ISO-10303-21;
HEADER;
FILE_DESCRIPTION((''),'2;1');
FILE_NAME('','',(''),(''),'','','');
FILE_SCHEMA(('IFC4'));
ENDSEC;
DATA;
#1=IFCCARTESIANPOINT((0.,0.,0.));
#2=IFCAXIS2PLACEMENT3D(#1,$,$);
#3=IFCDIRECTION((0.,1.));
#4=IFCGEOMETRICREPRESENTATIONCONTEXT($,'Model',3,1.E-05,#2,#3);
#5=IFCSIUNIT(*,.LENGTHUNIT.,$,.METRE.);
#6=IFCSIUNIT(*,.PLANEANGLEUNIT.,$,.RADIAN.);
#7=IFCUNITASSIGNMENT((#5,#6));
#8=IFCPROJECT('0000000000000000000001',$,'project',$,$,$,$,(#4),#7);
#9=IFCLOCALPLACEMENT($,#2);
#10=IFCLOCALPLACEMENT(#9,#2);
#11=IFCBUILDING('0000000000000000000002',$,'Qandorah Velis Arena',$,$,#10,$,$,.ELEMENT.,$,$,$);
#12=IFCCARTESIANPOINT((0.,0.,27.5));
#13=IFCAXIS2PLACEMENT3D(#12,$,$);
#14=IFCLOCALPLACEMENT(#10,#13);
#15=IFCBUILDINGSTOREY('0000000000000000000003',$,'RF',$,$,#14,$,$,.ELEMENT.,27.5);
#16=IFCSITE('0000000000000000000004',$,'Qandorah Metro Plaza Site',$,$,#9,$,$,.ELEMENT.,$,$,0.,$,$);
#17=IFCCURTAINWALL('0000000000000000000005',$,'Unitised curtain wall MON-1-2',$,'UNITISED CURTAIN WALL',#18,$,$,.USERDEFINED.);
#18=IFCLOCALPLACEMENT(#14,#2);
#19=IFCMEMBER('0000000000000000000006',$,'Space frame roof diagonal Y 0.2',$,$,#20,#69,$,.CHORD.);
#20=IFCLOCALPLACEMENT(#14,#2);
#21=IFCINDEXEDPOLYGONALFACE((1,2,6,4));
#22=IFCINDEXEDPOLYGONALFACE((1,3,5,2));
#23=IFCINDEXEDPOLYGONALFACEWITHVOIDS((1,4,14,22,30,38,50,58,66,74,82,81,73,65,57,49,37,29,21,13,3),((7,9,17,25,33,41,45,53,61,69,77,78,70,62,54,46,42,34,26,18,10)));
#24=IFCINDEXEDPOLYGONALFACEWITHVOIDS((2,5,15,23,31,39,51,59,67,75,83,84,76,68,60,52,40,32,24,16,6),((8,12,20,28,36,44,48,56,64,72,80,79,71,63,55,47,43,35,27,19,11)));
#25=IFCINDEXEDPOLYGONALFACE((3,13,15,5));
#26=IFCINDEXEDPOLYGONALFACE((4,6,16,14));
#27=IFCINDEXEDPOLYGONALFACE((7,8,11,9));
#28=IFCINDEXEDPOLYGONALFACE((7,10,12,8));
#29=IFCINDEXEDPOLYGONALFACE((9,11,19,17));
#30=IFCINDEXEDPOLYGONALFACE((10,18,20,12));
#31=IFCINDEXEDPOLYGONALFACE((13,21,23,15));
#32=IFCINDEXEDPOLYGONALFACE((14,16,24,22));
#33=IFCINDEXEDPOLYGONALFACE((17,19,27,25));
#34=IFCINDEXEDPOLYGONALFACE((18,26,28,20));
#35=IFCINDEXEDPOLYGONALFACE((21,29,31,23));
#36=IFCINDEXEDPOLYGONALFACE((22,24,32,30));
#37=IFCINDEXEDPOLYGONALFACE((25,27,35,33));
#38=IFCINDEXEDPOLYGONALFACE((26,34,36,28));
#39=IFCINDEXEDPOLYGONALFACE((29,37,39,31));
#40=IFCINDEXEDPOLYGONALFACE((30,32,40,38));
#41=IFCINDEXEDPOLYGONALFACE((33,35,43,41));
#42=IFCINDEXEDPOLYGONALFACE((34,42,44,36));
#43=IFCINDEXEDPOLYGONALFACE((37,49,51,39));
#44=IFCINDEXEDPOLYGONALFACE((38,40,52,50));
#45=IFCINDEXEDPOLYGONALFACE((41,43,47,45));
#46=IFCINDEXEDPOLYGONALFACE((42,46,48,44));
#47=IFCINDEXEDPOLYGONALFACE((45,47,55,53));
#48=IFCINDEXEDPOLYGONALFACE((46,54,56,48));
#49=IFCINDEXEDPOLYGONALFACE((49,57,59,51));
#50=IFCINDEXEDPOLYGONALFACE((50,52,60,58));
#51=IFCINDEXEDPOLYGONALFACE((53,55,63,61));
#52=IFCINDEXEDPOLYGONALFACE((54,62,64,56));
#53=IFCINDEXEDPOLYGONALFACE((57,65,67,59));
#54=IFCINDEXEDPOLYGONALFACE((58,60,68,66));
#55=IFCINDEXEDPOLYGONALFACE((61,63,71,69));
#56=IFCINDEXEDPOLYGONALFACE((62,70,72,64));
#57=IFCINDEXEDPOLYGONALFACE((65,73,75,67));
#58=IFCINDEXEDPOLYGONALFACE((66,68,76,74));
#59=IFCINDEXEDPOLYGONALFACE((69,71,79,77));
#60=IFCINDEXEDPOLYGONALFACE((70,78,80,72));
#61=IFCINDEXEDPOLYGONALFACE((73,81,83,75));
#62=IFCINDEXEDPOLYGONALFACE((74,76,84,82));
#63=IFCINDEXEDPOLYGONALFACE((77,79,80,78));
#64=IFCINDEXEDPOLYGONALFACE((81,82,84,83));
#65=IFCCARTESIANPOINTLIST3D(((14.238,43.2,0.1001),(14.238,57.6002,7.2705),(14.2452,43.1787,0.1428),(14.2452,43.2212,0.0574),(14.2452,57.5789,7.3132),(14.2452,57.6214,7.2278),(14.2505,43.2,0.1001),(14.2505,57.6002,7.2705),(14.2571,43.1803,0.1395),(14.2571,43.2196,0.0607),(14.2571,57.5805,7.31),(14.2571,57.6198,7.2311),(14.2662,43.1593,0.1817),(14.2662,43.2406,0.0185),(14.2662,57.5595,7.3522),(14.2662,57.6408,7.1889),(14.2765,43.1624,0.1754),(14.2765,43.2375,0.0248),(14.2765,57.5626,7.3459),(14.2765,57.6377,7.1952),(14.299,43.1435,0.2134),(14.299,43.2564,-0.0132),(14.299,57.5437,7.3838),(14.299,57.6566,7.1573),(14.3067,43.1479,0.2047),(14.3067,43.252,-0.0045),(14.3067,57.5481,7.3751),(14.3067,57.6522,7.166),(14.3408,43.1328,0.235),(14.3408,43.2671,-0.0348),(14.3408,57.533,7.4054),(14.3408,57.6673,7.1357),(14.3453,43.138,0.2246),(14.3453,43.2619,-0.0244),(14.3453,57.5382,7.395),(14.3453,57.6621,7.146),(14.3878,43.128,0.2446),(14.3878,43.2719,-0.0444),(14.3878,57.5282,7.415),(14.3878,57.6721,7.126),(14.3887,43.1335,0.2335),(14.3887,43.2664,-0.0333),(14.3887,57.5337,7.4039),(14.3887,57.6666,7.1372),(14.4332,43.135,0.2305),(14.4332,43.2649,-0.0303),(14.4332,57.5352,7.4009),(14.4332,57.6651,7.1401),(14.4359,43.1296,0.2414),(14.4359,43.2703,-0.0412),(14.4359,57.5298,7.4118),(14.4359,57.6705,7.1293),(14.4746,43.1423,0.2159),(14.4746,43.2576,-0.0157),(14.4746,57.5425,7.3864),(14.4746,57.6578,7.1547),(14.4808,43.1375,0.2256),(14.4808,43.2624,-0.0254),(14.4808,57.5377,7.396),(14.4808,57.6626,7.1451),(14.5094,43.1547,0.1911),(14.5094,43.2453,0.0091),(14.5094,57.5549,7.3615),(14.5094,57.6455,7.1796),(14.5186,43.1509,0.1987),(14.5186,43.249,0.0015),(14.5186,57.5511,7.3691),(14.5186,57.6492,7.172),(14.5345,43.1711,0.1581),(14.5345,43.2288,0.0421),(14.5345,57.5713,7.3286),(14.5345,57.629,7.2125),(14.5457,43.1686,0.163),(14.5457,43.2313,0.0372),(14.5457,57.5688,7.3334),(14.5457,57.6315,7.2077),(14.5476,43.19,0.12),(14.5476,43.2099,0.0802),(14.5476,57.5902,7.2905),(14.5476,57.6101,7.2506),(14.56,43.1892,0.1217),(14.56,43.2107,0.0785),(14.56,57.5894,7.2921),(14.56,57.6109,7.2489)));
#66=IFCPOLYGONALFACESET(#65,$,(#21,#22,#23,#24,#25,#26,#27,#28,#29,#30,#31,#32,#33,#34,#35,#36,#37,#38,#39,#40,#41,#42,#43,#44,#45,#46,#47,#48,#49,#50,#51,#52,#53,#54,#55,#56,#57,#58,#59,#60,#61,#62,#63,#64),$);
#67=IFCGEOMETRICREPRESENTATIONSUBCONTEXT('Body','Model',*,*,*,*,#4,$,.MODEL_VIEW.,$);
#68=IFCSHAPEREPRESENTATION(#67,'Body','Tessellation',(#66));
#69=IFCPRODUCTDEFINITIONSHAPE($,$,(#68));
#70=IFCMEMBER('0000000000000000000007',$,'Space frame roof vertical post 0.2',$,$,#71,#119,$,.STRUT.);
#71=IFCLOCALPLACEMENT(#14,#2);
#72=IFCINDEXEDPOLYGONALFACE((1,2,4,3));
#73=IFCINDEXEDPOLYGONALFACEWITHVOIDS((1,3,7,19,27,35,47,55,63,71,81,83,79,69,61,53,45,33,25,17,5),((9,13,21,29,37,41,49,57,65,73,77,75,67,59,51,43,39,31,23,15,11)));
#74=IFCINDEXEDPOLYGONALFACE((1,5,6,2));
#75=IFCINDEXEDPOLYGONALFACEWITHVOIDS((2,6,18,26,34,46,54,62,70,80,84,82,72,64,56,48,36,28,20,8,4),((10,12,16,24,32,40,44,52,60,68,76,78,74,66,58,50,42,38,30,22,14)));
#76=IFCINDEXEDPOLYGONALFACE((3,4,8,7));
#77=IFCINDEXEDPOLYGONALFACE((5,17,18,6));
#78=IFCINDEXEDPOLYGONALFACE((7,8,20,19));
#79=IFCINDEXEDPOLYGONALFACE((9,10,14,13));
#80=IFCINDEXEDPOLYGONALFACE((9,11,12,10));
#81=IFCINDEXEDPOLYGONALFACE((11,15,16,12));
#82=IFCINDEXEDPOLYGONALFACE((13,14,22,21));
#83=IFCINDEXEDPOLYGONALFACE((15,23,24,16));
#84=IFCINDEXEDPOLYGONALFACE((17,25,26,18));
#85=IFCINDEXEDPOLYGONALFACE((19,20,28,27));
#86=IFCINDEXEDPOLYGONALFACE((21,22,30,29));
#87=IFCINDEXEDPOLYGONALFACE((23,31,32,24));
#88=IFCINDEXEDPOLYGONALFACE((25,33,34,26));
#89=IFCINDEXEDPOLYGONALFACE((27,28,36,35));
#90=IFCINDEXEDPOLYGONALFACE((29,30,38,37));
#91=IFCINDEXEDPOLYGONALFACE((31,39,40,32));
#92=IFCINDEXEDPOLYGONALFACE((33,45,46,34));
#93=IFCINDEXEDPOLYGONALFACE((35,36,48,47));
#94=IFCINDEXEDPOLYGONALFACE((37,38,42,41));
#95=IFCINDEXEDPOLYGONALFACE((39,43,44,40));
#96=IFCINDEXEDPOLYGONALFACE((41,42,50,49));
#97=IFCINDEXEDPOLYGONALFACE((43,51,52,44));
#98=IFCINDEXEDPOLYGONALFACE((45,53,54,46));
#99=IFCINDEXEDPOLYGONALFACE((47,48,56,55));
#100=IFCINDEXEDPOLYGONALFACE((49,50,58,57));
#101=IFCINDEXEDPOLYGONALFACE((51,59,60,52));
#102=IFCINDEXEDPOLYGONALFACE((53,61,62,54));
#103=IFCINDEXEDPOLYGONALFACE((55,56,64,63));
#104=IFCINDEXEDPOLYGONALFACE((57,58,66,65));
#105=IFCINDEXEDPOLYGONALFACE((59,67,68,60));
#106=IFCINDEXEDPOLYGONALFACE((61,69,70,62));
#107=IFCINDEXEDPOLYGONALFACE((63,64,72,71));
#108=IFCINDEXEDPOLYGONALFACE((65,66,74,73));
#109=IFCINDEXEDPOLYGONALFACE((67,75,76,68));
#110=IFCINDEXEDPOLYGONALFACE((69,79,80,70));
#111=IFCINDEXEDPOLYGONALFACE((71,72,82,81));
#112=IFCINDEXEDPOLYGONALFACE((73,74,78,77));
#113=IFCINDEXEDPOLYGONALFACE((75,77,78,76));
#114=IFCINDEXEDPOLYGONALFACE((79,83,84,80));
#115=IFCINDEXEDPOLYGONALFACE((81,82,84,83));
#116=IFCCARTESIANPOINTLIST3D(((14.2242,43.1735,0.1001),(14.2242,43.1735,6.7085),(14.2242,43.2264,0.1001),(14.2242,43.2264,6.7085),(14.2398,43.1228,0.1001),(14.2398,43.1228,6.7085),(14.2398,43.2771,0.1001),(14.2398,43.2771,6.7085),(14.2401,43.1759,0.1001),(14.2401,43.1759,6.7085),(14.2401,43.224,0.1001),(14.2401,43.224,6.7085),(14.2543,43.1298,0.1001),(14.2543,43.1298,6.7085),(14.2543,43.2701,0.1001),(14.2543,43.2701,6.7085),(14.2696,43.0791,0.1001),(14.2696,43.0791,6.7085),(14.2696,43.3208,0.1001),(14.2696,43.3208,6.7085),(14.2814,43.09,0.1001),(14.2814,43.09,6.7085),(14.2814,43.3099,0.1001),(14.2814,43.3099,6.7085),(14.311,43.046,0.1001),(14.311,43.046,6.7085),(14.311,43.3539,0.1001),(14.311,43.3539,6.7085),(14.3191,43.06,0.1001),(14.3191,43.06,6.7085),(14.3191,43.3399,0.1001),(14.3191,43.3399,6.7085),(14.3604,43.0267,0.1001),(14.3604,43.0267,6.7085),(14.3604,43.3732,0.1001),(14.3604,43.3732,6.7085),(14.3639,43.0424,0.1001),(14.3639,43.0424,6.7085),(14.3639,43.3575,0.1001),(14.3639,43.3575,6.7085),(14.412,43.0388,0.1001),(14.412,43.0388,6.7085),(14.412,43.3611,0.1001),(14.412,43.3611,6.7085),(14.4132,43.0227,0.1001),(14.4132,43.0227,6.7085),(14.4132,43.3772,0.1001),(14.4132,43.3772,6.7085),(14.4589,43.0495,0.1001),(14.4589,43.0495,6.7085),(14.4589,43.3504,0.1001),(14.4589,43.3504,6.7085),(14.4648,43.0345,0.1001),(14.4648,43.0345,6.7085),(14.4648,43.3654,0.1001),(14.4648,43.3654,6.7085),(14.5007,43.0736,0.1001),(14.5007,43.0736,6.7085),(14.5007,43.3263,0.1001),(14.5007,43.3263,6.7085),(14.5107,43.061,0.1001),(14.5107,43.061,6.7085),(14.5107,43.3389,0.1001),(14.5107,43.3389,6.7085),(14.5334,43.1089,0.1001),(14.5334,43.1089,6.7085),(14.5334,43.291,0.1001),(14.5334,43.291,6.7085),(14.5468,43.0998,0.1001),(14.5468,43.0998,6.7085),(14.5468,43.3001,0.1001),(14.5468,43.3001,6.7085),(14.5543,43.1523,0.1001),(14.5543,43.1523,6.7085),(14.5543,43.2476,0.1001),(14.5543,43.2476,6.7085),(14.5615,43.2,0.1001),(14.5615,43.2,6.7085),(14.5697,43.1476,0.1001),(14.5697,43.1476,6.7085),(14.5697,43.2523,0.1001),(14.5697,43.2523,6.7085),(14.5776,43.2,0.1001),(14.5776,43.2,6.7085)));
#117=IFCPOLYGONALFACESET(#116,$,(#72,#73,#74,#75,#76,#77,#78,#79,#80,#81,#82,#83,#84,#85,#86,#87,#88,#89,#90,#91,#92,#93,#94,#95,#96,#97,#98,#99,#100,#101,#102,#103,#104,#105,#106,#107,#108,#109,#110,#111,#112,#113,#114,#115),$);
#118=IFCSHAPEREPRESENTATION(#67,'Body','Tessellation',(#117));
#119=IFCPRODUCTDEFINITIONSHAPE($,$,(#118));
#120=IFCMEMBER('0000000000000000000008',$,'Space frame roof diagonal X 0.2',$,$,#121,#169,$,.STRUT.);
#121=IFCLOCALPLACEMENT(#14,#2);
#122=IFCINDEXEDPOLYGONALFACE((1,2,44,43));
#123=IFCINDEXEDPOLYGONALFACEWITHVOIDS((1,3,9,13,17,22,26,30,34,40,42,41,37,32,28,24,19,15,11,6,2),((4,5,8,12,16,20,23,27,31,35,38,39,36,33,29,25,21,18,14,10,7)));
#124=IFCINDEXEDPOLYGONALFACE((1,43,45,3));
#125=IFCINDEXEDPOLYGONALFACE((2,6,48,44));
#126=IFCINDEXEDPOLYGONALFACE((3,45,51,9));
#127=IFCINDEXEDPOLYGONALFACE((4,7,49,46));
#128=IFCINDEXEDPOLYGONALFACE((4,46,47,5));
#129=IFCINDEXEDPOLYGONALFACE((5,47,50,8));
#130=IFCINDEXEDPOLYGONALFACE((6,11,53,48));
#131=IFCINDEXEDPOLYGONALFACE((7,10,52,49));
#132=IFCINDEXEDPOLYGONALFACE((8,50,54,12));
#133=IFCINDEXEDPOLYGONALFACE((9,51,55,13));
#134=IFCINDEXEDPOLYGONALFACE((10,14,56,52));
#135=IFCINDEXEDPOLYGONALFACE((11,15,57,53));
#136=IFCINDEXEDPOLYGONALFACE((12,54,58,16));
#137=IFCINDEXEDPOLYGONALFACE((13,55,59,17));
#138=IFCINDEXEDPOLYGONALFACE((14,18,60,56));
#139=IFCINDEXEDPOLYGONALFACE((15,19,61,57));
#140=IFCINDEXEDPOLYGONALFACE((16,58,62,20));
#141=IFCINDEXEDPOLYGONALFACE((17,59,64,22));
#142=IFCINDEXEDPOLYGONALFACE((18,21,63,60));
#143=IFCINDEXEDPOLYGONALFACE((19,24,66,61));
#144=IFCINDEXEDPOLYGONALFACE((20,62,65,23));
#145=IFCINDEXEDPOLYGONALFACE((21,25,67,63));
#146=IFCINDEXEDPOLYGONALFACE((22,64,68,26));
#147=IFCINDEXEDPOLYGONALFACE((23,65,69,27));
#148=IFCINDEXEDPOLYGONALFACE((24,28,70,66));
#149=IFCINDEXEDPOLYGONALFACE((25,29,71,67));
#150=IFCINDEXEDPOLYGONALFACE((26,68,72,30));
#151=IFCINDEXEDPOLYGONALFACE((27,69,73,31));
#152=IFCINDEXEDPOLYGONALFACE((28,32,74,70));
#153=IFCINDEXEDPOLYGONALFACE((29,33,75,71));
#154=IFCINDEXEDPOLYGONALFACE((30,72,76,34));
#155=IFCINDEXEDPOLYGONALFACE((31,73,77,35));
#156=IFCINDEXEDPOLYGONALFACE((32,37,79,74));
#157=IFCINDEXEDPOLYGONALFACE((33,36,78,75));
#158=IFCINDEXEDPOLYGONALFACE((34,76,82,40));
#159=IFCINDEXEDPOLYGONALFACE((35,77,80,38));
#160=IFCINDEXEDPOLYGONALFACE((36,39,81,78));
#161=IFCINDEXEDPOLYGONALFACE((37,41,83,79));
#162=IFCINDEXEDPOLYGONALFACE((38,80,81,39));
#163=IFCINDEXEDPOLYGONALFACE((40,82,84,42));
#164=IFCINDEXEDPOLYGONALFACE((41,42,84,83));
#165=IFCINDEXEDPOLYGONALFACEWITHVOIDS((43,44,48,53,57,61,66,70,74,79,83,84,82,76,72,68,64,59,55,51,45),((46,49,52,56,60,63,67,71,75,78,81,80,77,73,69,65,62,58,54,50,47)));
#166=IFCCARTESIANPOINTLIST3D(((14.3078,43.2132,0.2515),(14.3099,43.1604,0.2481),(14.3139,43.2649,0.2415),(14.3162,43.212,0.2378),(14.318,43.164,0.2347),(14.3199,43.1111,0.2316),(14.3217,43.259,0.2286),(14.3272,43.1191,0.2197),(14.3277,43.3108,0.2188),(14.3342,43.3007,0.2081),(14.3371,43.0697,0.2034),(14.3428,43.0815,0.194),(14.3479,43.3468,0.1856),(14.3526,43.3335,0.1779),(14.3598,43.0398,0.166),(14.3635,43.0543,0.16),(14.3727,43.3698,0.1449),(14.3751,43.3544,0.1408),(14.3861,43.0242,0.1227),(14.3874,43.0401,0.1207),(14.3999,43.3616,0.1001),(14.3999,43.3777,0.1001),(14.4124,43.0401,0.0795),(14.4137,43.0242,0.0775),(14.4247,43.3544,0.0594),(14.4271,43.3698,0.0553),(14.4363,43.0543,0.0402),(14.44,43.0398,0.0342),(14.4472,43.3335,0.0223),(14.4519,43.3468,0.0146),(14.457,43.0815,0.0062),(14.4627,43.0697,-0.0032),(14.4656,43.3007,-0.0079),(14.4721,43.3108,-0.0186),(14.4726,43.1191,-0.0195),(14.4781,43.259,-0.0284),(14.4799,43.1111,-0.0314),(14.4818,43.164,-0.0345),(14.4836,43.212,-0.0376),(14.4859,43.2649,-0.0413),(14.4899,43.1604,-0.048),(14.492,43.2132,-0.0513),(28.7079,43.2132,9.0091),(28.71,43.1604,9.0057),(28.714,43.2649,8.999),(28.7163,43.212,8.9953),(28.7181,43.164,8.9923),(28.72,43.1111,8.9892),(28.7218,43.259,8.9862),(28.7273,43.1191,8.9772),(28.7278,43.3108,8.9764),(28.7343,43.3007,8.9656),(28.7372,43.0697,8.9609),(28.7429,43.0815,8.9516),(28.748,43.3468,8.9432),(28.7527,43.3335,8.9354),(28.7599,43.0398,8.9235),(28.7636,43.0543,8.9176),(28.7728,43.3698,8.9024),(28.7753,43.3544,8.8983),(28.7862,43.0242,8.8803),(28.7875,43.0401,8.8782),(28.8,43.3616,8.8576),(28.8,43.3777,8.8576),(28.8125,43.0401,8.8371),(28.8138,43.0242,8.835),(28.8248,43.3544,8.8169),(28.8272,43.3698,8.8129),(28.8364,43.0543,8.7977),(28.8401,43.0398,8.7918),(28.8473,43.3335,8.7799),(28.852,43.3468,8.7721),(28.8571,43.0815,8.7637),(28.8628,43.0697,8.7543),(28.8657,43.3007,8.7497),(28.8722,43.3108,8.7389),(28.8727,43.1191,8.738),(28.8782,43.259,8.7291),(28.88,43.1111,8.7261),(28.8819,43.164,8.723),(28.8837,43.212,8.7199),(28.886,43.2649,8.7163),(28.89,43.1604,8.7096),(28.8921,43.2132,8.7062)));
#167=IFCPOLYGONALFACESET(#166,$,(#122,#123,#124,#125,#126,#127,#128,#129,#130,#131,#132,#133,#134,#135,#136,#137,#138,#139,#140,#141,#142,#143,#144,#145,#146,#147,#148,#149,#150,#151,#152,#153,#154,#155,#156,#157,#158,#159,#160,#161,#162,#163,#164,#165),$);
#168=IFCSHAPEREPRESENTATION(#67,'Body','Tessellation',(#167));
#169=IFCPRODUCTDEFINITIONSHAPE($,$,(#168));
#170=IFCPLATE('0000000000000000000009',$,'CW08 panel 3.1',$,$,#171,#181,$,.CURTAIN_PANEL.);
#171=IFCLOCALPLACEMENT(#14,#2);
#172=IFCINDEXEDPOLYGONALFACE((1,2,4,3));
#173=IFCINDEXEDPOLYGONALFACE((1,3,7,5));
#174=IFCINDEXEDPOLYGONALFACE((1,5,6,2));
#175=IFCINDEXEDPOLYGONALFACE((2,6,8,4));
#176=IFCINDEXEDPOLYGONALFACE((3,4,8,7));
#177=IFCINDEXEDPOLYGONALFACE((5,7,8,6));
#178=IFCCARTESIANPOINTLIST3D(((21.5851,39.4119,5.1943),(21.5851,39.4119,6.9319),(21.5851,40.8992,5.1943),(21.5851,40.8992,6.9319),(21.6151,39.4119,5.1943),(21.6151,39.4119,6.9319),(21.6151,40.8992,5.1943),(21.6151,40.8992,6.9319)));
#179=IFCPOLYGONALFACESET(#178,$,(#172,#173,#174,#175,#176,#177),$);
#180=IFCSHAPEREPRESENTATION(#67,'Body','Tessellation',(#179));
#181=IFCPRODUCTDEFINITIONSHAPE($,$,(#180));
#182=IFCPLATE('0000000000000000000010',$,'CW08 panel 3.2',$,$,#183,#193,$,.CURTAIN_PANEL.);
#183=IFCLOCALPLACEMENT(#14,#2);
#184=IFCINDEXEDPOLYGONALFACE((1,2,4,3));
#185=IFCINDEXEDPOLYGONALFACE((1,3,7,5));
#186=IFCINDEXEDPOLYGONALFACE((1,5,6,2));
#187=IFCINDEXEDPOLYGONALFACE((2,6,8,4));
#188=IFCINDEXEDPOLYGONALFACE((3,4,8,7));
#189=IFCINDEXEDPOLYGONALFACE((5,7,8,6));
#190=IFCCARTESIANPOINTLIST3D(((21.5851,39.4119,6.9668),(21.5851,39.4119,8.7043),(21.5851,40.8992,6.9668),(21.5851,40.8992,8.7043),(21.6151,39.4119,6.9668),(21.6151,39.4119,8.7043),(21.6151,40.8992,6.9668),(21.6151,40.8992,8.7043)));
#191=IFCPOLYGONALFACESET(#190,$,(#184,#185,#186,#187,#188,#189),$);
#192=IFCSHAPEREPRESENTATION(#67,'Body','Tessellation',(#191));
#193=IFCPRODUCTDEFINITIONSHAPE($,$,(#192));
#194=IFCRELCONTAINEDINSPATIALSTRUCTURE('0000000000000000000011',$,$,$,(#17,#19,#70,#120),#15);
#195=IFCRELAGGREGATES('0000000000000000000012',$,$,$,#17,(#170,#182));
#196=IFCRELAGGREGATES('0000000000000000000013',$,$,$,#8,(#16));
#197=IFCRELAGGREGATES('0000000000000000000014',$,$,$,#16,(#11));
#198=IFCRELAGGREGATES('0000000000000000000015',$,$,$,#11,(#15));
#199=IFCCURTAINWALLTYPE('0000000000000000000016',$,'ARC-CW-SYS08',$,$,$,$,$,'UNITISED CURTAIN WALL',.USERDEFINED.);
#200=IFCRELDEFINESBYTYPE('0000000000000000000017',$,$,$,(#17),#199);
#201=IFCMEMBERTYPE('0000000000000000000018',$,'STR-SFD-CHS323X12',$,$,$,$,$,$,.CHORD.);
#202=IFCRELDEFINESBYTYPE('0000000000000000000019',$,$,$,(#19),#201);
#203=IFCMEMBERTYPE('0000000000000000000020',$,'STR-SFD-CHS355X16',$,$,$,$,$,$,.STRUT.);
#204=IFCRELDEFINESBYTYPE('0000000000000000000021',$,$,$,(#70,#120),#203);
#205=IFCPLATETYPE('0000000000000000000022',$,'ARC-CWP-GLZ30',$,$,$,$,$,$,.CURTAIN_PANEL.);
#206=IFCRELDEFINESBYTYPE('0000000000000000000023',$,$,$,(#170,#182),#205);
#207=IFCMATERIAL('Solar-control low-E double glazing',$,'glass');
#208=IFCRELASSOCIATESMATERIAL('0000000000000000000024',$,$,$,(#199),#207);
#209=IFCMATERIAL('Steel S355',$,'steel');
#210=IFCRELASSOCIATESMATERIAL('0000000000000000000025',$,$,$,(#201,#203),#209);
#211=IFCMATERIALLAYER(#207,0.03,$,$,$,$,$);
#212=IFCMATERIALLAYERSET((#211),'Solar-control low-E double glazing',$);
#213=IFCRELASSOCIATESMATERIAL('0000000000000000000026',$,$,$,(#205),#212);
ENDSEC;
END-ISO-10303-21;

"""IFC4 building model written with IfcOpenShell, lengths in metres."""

from ifc_helpers import new_model, si_unit, direction, frame, origin, origin_2d, place, context, subcontext, project, spatial, rectangle, hollow_circle, extrude, material, layer, layer_set, material_profile, profile_set, type_object, element, aggregate, save


model = new_model("IFC4")

# Units and contexts
model_context = context("Model", 3, precision=1e-05, world=origin(), true_north=direction((0.0, 1.0)))
body_context = subcontext(model_context, "Body", "Model", "MODEL_VIEW")
ifc_project = project(units=[si_unit("LENGTHUNIT", "METRE"), si_unit("PLANEANGLEUNIT", "RADIAN")], contexts=[model_context])

# Site, building, storey
site_placement = place(None, origin())
site = spatial("IfcSite", under=ifc_project, at=site_placement, Name="Qandorah Metro Plaza Site", CompositionType="ELEMENT", RefElevation=0.0)
building_placement = place(site_placement, origin())
building = spatial("IfcBuilding", under=site, at=building_placement, Name="Qandorah Velis Arena", CompositionType="ELEMENT")
storey_placement = place(building_placement, frame((0.0, 0.0, 27.5)))
storey = spatial("IfcBuildingStorey", under=building, at=storey_placement, Name="RF", CompositionType="ELEMENT", Elevation=27.5)

# Curtain wall
ifc_material_1 = material(Name="Solar-control low-E double glazing", Category="glass")
curtain_wall_type_1 = type_object("IfcCurtainWallType", Name="ARC-CW-SYS08", ElementType="UNITISED CURTAIN WALL", PredefinedType="USERDEFINED", material=ifc_material_1)
curtain_wall_1_placement = place(storey_placement, origin())
curtain_wall_1 = element("IfcCurtainWall", 1, at=curtain_wall_1_placement, inside=storey, type_object=curtain_wall_type_1, Name="Unitised curtain wall MON-1-2", ObjectType="UNITISED CURTAIN WALL", PredefinedType="USERDEFINED")

# Shared definitions
ifc_material_2 = material(Name="Steel S355", Category="steel")

# Members
ifc_material_profile_1 = material_profile(ifc_material_2, hollow_circle(Radius=0.1619, WallThickness=0.0125, at=origin_2d()), Name="CHS 323.9x12.5")
ifc_profile_set_1 = profile_set([ifc_material_profile_1], Name="Steel S355")
member_type_1 = type_object("IfcMemberType", Name="STR-SFD-CHS323X12", PredefinedType="CHORD", material=ifc_profile_set_1)
member_1_placement = place(storey_placement, frame((14.3999, 43.2, 0.1001), z_axis=(0.0, 0.895164, 0.445738), x_axis=(-1.0, 0.0, 0.0)))
element("IfcMember", 2, at=member_1_placement, inside=storey, type_object=member_type_1, Name="Space frame roof diagonal Y 0.2", PredefinedType="CHORD", context=body_context, shape_type="SweptSolid", body=[
    extrude(hollow_circle(Radius=0.1619, WallThickness=0.0125, at=origin_2d()), origin(), (0.0, 0.0, 1.0), 16.0867),
])
ifc_material_profile_2 = material_profile(ifc_material_2, hollow_circle(Radius=0.1777, WallThickness=0.0161, at=origin_2d()), Name="CHS 355.6x16")
ifc_profile_set_2 = profile_set([ifc_material_profile_2], Name="Steel S355")
member_type_2 = type_object("IfcMemberType", Name="STR-SFD-CHS355X16", PredefinedType="STRUT", material=ifc_profile_set_2)
member_2_placement = place(storey_placement, frame((14.3999, 43.2, 0.1001), z_axis=(0.0, 0.0, 1.0), x_axis=(1.0, 0.0, 0.0)))
element("IfcMember", 3, at=member_2_placement, inside=storey, type_object=member_type_2, Name="Space frame roof vertical post 0.2", PredefinedType="STRUT", context=body_context, shape_type="SweptSolid", body=[
    extrude(hollow_circle(Radius=0.1777, WallThickness=0.0161, at=origin_2d()), origin(), (0.0, 0.0, 1.0), 6.6084),
])
member_3_placement = place(storey_placement, frame((14.3999, 43.2, 0.1001), z_axis=(0.854402, 0.0, 0.519612), x_axis=(0.0, 1.0, 0.0)))
element("IfcMember", 4, at=member_3_placement, inside=storey, type_object=member_type_2, Name="Space frame roof diagonal X 0.2", PredefinedType="STRUT", context=body_context, shape_type="SweptSolid", body=[
    extrude(hollow_circle(Radius=0.1777, WallThickness=0.0161, at=origin_2d()), origin(), (0.0, 0.0, 1.0), 16.854),
])

# Plates
ifc_layer_1 = layer(ifc_material_1, 0.03)
ifc_layer_set_1 = layer_set([ifc_layer_1], Name="Solar-control low-E double glazing")
plate_type_1 = type_object("IfcPlateType", Name="ARC-CWP-GLZ30", PredefinedType="CURTAIN_PANEL", material=ifc_layer_set_1)
plate_1_placement = place(storey_placement, frame((21.6001, 40.1555, 5.1943), z_axis=(0.0, 0.0, 1.0), x_axis=(0.0, 1.0, 0.0)))
plate_1 = element("IfcPlate", 5, at=plate_1_placement, type_object=plate_type_1, Name="CW08 panel 3.1", PredefinedType="CURTAIN_PANEL", context=body_context, shape_type="SweptSolid", body=[
    extrude(rectangle(XDim=1.4873, YDim=0.03, at=origin_2d()), origin(), (0.0, 0.0, 1.0), 1.7375),
])
plate_2_placement = place(storey_placement, frame((21.6001, 40.1555, 6.9668), z_axis=(0.0, 0.0, 1.0), x_axis=(0.0, 1.0, 0.0)))
plate_2 = element("IfcPlate", 6, at=plate_2_placement, type_object=plate_type_1, Name="CW08 panel 3.2", PredefinedType="CURTAIN_PANEL", context=body_context, shape_type="SweptSolid", body=[
    extrude(rectangle(XDim=1.4873, YDim=0.03, at=origin_2d()), origin(), (0.0, 0.0, 1.0), 1.7375),
])
aggregate(curtain_wall_1, [plate_1, plate_2])

save(model, "model.ifc")
